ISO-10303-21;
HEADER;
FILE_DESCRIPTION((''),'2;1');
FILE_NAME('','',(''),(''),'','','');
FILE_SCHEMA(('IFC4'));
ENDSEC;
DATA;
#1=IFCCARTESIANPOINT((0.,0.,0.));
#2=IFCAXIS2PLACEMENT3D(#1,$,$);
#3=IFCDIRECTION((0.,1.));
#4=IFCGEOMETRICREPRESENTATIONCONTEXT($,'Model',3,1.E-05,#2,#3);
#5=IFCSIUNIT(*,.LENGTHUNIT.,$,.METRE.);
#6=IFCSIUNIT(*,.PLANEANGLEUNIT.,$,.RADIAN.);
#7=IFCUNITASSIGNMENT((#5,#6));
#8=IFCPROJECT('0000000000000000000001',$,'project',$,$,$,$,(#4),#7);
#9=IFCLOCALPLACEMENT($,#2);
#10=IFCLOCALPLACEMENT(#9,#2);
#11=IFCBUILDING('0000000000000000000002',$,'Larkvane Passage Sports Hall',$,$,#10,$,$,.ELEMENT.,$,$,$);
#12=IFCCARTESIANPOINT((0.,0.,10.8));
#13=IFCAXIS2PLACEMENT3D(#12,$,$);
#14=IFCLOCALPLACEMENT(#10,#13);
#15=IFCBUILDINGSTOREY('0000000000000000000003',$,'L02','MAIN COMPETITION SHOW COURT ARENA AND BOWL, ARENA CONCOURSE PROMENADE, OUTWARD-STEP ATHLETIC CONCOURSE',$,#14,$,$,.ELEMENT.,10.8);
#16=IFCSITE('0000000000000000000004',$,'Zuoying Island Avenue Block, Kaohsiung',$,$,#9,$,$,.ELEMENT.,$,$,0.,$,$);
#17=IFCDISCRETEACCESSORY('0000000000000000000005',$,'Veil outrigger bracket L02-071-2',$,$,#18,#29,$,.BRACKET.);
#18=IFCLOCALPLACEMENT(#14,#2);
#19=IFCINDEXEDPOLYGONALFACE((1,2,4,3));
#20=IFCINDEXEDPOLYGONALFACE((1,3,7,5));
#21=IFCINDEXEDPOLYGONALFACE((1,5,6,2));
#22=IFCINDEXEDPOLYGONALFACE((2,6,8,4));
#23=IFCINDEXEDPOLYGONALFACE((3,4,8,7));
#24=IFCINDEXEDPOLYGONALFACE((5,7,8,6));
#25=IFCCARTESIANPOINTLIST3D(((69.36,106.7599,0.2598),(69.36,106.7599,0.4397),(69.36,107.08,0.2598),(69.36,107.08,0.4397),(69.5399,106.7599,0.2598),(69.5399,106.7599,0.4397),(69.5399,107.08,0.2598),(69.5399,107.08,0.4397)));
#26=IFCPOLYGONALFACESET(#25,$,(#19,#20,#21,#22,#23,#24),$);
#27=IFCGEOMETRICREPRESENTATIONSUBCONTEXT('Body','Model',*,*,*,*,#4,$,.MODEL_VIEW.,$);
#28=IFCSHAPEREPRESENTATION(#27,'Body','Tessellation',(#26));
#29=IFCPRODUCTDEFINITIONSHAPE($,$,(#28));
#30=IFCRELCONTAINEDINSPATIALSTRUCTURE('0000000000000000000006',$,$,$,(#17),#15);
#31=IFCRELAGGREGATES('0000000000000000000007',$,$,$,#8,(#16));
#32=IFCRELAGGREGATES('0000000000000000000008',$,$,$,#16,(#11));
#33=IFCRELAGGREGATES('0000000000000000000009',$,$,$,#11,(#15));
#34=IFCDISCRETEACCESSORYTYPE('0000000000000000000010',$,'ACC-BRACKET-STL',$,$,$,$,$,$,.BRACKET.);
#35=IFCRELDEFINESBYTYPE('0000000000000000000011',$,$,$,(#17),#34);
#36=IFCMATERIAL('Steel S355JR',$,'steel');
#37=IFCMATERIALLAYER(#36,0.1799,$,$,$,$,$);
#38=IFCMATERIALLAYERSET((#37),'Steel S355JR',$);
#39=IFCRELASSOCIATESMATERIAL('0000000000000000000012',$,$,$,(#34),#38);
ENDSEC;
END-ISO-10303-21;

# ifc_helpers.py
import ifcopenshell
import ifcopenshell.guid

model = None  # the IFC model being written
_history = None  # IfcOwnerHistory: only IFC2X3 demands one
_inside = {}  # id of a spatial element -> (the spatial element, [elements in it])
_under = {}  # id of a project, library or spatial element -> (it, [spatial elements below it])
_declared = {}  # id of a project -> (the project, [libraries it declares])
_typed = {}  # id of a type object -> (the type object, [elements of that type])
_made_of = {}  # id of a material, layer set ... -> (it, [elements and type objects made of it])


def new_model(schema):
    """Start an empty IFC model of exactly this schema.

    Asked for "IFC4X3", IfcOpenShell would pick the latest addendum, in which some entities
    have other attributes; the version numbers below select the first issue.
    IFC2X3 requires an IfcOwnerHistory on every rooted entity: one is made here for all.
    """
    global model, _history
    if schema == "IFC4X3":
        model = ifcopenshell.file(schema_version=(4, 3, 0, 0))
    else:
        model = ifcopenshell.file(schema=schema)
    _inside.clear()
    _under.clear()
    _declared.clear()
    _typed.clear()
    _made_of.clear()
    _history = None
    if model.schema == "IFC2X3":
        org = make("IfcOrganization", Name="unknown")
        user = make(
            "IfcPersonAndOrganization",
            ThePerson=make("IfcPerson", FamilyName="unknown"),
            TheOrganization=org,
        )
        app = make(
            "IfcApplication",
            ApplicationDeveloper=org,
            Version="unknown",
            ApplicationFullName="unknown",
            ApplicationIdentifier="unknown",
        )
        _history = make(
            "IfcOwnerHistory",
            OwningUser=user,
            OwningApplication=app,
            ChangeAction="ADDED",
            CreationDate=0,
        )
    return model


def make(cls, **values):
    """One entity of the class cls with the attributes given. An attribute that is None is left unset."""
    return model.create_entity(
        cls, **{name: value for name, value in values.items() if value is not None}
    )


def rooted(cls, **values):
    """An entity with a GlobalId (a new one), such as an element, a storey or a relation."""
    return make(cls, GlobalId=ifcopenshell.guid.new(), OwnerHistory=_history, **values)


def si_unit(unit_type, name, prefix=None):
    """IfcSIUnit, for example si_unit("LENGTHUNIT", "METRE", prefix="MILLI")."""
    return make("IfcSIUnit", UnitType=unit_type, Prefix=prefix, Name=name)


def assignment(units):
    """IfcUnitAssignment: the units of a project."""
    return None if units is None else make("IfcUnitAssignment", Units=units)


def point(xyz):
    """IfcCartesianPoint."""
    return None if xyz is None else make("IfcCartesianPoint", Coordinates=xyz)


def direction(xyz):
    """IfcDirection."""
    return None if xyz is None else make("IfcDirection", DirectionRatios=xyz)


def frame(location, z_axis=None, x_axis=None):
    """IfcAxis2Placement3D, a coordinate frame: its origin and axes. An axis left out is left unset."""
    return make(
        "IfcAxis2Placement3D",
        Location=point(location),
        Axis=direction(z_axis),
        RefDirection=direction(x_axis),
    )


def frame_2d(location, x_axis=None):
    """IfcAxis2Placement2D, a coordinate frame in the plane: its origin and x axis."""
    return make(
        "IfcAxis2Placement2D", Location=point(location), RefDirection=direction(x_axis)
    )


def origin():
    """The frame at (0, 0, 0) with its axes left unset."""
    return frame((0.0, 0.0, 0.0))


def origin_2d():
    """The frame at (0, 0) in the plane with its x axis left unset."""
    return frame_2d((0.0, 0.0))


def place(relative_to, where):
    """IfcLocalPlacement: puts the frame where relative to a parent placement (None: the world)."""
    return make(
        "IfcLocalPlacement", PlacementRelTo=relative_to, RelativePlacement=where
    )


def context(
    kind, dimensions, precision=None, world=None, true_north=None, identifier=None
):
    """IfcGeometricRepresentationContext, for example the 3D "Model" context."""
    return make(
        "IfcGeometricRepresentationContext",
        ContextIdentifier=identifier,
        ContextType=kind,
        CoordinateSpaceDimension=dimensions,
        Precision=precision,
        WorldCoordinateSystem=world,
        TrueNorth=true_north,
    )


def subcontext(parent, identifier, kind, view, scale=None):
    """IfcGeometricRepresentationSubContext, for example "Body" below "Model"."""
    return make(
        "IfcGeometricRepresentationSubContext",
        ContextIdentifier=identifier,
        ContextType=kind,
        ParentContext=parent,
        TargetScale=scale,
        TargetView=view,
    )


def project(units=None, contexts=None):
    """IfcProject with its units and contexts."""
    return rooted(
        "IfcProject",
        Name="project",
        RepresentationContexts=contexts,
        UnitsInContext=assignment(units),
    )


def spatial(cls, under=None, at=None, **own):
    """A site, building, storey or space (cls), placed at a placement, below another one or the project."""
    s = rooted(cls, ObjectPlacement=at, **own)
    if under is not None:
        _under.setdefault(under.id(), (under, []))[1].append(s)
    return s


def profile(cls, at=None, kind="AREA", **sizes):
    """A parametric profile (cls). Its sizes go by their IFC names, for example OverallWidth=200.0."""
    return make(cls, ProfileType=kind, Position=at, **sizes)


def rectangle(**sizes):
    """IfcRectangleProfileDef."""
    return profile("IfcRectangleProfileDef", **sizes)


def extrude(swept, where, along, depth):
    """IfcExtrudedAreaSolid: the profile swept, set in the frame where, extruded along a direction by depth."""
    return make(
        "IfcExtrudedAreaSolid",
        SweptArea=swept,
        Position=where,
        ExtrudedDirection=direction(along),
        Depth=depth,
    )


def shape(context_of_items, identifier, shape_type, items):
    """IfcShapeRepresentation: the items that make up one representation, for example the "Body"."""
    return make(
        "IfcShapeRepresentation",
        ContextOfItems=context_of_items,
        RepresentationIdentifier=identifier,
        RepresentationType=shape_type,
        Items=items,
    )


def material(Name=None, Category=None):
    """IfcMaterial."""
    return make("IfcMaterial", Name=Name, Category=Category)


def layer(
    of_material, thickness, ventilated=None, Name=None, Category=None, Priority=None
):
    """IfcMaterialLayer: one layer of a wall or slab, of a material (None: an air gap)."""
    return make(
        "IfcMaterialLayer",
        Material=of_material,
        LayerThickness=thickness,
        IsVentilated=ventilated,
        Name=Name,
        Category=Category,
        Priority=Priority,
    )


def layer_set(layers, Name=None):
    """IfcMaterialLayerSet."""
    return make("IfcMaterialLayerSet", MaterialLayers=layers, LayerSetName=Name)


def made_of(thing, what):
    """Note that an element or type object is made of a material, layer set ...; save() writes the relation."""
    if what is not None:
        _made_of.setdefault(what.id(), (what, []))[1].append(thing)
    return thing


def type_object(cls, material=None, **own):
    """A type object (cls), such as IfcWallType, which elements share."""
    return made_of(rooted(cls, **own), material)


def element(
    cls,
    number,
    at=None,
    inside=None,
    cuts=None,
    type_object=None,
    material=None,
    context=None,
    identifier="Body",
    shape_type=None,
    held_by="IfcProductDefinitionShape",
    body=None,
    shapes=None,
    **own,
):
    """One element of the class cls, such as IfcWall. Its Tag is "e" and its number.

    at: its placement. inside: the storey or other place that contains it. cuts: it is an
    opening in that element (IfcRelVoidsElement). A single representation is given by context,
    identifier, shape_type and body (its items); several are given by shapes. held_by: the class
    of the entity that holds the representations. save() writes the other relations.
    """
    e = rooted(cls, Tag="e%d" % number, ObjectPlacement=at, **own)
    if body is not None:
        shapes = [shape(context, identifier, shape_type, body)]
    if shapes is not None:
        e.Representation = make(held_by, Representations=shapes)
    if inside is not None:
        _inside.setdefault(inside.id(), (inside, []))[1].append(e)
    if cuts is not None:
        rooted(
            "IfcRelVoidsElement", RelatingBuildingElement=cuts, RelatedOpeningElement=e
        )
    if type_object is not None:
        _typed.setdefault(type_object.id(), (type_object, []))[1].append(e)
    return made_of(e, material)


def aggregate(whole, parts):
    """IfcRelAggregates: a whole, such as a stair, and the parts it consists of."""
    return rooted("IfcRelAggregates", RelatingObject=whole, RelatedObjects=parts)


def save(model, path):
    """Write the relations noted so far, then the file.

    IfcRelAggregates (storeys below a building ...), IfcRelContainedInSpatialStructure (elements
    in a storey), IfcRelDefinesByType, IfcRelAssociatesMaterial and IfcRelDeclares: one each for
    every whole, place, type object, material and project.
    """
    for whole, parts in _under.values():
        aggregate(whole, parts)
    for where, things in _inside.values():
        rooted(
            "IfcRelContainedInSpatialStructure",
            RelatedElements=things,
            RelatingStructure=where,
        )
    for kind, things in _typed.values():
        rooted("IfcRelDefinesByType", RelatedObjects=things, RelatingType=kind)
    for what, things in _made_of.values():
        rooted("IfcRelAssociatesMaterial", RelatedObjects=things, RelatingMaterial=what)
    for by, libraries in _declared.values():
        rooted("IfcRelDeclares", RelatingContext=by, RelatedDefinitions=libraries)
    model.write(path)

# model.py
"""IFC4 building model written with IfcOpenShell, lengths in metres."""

from ifc_helpers import new_model, si_unit, direction, frame, origin, origin_2d, place, context, subcontext, project, spatial, rectangle, extrude, material, layer, layer_set, type_object, element, save


model = new_model("IFC4")

# Units and contexts
model_context = context("Model", 3, precision=1e-05, world=origin(), true_north=direction((0.0, 1.0)))
body_context = subcontext(model_context, "Body", "Model", "MODEL_VIEW")
ifc_project = project(units=[si_unit("LENGTHUNIT", "METRE"), si_unit("PLANEANGLEUNIT", "RADIAN")], contexts=[model_context])

# Site, building, storey
site_placement = place(None, origin())
site = spatial("IfcSite", under=ifc_project, at=site_placement, Name="Zuoying Island Avenue Block, Kaohsiung", CompositionType="ELEMENT", RefElevation=0.0)
building_placement = place(site_placement, origin())
building = spatial("IfcBuilding", under=site, at=building_placement, Name="Larkvane Passage Sports Hall", CompositionType="ELEMENT")
storey_placement = place(building_placement, frame((0.0, 0.0, 10.8)))
storey = spatial("IfcBuildingStorey", under=building, at=storey_placement, Name="L02", Description="MAIN COMPETITION SHOW COURT ARENA AND BOWL, ARENA CONCOURSE PROMENADE, OUTWARD-STEP ATHLETIC CONCOURSE", CompositionType="ELEMENT", Elevation=10.8)

# Discrete accessory
ifc_material_1 = material(Name="Steel S355JR", Category="steel")
ifc_layer_1 = layer(ifc_material_1, 0.1799)
ifc_layer_set_1 = layer_set([ifc_layer_1], Name="Steel S355JR")
discrete_accessory_type = type_object("IfcDiscreteAccessoryType", Name="ACC-BRACKET-STL", PredefinedType="BRACKET", material=ifc_layer_set_1)
discrete_accessory_placement = place(storey_placement, frame((69.45, 106.9199, 0.2598), z_axis=(0.0, 0.0, 1.0), x_axis=(1.0, 0.0, 0.0)))
element("IfcDiscreteAccessory", 1, at=discrete_accessory_placement, inside=storey, type_object=discrete_accessory_type, Name="Veil outrigger bracket L02-071-2", PredefinedType="BRACKET", context=body_context, shape_type="SweptSolid", body=[
    extrude(rectangle(XDim=0.1799, YDim=0.3201, at=origin_2d()), origin(), (0.0, 0.0, 1.0), 0.1799),
])

save(model, "model.ifc")
